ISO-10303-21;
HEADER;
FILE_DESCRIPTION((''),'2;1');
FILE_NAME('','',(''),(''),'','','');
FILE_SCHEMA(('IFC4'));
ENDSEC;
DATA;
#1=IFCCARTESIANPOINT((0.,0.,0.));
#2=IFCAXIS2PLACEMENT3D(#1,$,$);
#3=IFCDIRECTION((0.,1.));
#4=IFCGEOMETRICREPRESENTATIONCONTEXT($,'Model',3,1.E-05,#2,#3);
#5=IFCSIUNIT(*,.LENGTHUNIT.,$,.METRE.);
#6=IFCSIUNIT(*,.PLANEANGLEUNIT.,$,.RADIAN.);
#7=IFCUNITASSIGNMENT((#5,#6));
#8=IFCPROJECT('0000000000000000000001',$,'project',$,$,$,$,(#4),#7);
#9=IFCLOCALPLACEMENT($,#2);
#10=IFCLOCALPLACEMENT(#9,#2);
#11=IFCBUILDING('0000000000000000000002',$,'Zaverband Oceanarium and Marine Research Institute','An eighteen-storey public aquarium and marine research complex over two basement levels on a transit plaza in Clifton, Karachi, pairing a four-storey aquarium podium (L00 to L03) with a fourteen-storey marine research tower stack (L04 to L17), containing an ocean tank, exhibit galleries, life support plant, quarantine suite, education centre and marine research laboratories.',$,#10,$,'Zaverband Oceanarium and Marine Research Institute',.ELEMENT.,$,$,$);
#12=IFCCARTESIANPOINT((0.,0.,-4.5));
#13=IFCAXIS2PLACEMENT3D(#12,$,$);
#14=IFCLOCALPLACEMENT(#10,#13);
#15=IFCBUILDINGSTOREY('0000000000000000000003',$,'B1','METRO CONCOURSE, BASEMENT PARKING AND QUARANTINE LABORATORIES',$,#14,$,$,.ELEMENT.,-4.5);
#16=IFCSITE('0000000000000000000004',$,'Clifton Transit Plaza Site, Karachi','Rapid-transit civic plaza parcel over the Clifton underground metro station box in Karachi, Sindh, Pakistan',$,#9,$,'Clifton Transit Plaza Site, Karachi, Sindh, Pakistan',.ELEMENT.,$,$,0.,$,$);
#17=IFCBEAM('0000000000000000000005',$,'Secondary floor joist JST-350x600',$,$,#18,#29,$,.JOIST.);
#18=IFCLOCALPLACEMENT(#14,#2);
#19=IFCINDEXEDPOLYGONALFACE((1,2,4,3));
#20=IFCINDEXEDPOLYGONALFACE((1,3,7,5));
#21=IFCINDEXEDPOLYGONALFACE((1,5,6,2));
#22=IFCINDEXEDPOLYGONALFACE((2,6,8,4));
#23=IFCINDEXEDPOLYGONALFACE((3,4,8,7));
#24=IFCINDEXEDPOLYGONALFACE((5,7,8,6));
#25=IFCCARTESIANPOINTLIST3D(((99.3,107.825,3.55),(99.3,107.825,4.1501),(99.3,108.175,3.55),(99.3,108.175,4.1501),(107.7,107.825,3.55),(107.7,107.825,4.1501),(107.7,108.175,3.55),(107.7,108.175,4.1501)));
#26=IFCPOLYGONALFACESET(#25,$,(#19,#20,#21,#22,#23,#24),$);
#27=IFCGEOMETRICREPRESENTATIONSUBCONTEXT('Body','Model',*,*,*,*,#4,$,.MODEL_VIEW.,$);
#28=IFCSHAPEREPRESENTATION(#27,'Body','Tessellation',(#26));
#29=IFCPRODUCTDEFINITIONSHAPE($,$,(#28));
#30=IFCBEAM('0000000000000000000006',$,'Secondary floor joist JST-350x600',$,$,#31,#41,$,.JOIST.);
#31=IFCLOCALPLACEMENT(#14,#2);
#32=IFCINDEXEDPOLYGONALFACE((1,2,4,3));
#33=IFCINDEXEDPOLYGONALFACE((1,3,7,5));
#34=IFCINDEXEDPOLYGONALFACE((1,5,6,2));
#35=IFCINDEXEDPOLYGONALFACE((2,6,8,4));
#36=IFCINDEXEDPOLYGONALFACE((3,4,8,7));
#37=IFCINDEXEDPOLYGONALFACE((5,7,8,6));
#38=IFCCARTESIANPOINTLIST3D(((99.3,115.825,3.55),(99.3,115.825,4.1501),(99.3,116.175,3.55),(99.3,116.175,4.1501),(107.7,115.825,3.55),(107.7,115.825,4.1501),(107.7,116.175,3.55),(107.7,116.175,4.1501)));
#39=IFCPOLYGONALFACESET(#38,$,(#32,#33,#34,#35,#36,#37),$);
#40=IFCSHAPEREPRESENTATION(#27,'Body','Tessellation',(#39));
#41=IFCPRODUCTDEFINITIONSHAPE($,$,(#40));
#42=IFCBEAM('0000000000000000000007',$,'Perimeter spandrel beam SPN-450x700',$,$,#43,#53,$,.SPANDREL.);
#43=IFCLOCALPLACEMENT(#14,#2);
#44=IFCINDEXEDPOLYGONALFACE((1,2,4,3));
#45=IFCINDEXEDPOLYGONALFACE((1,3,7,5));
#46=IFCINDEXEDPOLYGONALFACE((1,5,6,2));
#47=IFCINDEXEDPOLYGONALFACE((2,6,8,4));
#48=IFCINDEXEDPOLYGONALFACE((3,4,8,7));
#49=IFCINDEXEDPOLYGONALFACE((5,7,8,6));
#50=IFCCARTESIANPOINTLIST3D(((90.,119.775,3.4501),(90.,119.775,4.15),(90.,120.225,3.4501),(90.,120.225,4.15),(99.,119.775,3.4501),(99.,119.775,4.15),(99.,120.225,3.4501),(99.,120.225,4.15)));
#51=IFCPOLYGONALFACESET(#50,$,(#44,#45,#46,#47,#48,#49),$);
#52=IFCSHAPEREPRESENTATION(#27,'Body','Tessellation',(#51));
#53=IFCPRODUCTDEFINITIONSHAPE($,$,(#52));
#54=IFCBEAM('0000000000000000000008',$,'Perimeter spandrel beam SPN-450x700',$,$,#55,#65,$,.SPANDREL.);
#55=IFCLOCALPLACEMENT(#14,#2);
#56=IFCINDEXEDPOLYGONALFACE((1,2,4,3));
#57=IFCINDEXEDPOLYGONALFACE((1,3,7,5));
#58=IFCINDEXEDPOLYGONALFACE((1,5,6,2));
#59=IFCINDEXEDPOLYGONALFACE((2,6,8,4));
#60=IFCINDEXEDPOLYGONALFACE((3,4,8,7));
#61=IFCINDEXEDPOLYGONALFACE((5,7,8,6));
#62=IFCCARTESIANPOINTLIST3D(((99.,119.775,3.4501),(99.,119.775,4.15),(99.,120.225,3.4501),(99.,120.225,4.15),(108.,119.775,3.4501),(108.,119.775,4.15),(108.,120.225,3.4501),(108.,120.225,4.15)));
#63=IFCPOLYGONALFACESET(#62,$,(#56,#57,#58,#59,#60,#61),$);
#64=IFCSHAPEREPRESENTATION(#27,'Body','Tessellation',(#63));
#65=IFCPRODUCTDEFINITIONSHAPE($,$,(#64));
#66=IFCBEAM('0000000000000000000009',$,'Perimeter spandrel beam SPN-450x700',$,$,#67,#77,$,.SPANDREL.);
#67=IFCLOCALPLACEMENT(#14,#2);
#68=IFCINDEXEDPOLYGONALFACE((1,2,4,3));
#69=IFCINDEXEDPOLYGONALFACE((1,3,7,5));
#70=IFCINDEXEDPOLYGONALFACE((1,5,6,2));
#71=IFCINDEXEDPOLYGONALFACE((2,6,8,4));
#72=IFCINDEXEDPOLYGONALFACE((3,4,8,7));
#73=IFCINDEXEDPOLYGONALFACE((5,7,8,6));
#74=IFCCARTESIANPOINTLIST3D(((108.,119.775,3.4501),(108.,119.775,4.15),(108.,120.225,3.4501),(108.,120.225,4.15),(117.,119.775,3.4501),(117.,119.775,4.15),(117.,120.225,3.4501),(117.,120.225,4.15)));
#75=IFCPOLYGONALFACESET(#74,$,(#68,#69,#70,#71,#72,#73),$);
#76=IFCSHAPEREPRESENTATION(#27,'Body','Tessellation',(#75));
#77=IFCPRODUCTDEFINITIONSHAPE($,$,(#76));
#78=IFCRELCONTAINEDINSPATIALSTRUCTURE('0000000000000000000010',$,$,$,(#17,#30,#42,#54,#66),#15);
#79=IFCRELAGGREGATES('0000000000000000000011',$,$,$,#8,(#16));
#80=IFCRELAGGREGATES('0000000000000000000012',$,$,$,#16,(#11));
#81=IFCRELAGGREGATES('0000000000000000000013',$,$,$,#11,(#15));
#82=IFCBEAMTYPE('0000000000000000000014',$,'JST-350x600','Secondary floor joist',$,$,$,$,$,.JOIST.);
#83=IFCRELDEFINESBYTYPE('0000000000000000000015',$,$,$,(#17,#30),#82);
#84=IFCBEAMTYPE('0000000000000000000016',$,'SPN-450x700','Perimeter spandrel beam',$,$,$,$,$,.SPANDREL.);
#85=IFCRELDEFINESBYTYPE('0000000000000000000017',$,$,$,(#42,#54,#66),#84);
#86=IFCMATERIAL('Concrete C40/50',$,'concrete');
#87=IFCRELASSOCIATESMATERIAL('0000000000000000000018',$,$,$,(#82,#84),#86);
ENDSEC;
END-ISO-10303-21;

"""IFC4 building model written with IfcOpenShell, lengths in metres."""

from ifc_helpers import new_model, si_unit, direction, frame, origin, origin_2d, place, context, subcontext, project, spatial, rectangle, extrude, material, material_profile, profile_set, type_object, element, save


model = new_model("IFC4")

# Units and contexts
model_context = context("Model", 3, precision=1e-05, world=origin(), true_north=direction((0.0, 1.0)))
body_context = subcontext(model_context, "Body", "Model", "MODEL_VIEW")
ifc_project = project(units=[si_unit("LENGTHUNIT", "METRE"), si_unit("PLANEANGLEUNIT", "RADIAN")], contexts=[model_context])

# Site, building, storey
site_placement = place(None, origin())
site = spatial("IfcSite", under=ifc_project, at=site_placement, Name="Clifton Transit Plaza Site, Karachi", Description="Rapid-transit civic plaza parcel over the Clifton underground metro station box in Karachi, Sindh, Pakistan", LongName="Clifton Transit Plaza Site, Karachi, Sindh, Pakistan", CompositionType="ELEMENT", RefElevation=0.0)
building_placement = place(site_placement, origin())
building = spatial("IfcBuilding", under=site, at=building_placement, Name="Zaverband Oceanarium and Marine Research Institute", Description="An eighteen-storey public aquarium and marine research complex over two basement levels on a transit plaza in Clifton, Karachi, pairing a four-storey aquarium podium (L00 to L03) with a fourteen-storey marine research tower stack (L04 to L17), containing an ocean tank, exhibit galleries, life support plant, quarantine suite, education centre and marine research laboratories.", LongName="Zaverband Oceanarium and Marine Research Institute", CompositionType="ELEMENT")
storey_placement = place(building_placement, frame((0.0, 0.0, -4.5)))
storey = spatial("IfcBuildingStorey", under=building, at=storey_placement, Name="B1", Description="METRO CONCOURSE, BASEMENT PARKING AND QUARANTINE LABORATORIES", CompositionType="ELEMENT", Elevation=-4.5)

# Beams
ifc_material_1 = material(Name="Concrete C40/50", Category="concrete")
ifc_material_profile_1 = material_profile(ifc_material_1, rectangle(XDim=0.3501, YDim=0.6001, at=origin_2d()), Name="RC350x600")
ifc_profile_set_1 = profile_set([ifc_material_profile_1], Name="Concrete C40/50")
beam_type_1 = type_object("IfcBeamType", Name="JST-350x600", Description="Secondary floor joist", PredefinedType="JOIST", material=ifc_profile_set_1)
for number, where, z_axis, x_axis, name in (
    (1, (99.3, 108.0, 3.8501), (1.0, 0.0, 0.0), (0.0, 1.0, 0.0), "Secondary floor joist JST-350x600"),
    (2, (99.3, 116.0, 3.8501), (1.0, 0.0, 0.0), (0.0, 1.0, 0.0), "Secondary floor joist JST-350x600"),
):
    element("IfcBeam", number, at=place(storey_placement, frame(where, z_axis=z_axis, x_axis=x_axis)), inside=storey, type_object=beam_type_1, Name=name, PredefinedType="JOIST", context=body_context, shape_type="SweptSolid", body=[
        extrude(rectangle(XDim=0.3501, YDim=0.6001, at=origin_2d()), origin(), (0.0, 0.0, 1.0), 8.3999),
    ])
ifc_material_profile_2 = material_profile(ifc_material_1, rectangle(XDim=0.45, YDim=0.7, at=origin_2d()), Name="RC450x700")
ifc_profile_set_2 = profile_set([ifc_material_profile_2], Name="Concrete C40/50")
beam_type_2 = type_object("IfcBeamType", Name="SPN-450x700", Description="Perimeter spandrel beam", PredefinedType="SPANDREL", material=ifc_profile_set_2)
for number, where, z_axis, x_axis, name in (
    (3, (90.0, 120.0, 3.8), (1.0, 0.0, 0.0), (0.0, 1.0, 0.0), "Perimeter spandrel beam SPN-450x700"),
    (4, (99.0, 120.0, 3.8), (1.0, 0.0, 0.0), (0.0, 1.0, 0.0), "Perimeter spandrel beam SPN-450x700"),
    (5, (108.0, 120.0, 3.8), (1.0, 0.0, 0.0), (0.0, 1.0, 0.0), "Perimeter spandrel beam SPN-450x700"),
):
    element("IfcBeam", number, at=place(storey_placement, frame(where, z_axis=z_axis, x_axis=x_axis)), inside=storey, type_object=beam_type_2, Name=name, PredefinedType="SPANDREL", context=body_context, shape_type="SweptSolid", body=[
        extrude(rectangle(XDim=0.45, YDim=0.7, at=origin_2d()), origin(), (0.0, 0.0, 1.0), 9.0),
    ])

save(model, "model.ifc")
